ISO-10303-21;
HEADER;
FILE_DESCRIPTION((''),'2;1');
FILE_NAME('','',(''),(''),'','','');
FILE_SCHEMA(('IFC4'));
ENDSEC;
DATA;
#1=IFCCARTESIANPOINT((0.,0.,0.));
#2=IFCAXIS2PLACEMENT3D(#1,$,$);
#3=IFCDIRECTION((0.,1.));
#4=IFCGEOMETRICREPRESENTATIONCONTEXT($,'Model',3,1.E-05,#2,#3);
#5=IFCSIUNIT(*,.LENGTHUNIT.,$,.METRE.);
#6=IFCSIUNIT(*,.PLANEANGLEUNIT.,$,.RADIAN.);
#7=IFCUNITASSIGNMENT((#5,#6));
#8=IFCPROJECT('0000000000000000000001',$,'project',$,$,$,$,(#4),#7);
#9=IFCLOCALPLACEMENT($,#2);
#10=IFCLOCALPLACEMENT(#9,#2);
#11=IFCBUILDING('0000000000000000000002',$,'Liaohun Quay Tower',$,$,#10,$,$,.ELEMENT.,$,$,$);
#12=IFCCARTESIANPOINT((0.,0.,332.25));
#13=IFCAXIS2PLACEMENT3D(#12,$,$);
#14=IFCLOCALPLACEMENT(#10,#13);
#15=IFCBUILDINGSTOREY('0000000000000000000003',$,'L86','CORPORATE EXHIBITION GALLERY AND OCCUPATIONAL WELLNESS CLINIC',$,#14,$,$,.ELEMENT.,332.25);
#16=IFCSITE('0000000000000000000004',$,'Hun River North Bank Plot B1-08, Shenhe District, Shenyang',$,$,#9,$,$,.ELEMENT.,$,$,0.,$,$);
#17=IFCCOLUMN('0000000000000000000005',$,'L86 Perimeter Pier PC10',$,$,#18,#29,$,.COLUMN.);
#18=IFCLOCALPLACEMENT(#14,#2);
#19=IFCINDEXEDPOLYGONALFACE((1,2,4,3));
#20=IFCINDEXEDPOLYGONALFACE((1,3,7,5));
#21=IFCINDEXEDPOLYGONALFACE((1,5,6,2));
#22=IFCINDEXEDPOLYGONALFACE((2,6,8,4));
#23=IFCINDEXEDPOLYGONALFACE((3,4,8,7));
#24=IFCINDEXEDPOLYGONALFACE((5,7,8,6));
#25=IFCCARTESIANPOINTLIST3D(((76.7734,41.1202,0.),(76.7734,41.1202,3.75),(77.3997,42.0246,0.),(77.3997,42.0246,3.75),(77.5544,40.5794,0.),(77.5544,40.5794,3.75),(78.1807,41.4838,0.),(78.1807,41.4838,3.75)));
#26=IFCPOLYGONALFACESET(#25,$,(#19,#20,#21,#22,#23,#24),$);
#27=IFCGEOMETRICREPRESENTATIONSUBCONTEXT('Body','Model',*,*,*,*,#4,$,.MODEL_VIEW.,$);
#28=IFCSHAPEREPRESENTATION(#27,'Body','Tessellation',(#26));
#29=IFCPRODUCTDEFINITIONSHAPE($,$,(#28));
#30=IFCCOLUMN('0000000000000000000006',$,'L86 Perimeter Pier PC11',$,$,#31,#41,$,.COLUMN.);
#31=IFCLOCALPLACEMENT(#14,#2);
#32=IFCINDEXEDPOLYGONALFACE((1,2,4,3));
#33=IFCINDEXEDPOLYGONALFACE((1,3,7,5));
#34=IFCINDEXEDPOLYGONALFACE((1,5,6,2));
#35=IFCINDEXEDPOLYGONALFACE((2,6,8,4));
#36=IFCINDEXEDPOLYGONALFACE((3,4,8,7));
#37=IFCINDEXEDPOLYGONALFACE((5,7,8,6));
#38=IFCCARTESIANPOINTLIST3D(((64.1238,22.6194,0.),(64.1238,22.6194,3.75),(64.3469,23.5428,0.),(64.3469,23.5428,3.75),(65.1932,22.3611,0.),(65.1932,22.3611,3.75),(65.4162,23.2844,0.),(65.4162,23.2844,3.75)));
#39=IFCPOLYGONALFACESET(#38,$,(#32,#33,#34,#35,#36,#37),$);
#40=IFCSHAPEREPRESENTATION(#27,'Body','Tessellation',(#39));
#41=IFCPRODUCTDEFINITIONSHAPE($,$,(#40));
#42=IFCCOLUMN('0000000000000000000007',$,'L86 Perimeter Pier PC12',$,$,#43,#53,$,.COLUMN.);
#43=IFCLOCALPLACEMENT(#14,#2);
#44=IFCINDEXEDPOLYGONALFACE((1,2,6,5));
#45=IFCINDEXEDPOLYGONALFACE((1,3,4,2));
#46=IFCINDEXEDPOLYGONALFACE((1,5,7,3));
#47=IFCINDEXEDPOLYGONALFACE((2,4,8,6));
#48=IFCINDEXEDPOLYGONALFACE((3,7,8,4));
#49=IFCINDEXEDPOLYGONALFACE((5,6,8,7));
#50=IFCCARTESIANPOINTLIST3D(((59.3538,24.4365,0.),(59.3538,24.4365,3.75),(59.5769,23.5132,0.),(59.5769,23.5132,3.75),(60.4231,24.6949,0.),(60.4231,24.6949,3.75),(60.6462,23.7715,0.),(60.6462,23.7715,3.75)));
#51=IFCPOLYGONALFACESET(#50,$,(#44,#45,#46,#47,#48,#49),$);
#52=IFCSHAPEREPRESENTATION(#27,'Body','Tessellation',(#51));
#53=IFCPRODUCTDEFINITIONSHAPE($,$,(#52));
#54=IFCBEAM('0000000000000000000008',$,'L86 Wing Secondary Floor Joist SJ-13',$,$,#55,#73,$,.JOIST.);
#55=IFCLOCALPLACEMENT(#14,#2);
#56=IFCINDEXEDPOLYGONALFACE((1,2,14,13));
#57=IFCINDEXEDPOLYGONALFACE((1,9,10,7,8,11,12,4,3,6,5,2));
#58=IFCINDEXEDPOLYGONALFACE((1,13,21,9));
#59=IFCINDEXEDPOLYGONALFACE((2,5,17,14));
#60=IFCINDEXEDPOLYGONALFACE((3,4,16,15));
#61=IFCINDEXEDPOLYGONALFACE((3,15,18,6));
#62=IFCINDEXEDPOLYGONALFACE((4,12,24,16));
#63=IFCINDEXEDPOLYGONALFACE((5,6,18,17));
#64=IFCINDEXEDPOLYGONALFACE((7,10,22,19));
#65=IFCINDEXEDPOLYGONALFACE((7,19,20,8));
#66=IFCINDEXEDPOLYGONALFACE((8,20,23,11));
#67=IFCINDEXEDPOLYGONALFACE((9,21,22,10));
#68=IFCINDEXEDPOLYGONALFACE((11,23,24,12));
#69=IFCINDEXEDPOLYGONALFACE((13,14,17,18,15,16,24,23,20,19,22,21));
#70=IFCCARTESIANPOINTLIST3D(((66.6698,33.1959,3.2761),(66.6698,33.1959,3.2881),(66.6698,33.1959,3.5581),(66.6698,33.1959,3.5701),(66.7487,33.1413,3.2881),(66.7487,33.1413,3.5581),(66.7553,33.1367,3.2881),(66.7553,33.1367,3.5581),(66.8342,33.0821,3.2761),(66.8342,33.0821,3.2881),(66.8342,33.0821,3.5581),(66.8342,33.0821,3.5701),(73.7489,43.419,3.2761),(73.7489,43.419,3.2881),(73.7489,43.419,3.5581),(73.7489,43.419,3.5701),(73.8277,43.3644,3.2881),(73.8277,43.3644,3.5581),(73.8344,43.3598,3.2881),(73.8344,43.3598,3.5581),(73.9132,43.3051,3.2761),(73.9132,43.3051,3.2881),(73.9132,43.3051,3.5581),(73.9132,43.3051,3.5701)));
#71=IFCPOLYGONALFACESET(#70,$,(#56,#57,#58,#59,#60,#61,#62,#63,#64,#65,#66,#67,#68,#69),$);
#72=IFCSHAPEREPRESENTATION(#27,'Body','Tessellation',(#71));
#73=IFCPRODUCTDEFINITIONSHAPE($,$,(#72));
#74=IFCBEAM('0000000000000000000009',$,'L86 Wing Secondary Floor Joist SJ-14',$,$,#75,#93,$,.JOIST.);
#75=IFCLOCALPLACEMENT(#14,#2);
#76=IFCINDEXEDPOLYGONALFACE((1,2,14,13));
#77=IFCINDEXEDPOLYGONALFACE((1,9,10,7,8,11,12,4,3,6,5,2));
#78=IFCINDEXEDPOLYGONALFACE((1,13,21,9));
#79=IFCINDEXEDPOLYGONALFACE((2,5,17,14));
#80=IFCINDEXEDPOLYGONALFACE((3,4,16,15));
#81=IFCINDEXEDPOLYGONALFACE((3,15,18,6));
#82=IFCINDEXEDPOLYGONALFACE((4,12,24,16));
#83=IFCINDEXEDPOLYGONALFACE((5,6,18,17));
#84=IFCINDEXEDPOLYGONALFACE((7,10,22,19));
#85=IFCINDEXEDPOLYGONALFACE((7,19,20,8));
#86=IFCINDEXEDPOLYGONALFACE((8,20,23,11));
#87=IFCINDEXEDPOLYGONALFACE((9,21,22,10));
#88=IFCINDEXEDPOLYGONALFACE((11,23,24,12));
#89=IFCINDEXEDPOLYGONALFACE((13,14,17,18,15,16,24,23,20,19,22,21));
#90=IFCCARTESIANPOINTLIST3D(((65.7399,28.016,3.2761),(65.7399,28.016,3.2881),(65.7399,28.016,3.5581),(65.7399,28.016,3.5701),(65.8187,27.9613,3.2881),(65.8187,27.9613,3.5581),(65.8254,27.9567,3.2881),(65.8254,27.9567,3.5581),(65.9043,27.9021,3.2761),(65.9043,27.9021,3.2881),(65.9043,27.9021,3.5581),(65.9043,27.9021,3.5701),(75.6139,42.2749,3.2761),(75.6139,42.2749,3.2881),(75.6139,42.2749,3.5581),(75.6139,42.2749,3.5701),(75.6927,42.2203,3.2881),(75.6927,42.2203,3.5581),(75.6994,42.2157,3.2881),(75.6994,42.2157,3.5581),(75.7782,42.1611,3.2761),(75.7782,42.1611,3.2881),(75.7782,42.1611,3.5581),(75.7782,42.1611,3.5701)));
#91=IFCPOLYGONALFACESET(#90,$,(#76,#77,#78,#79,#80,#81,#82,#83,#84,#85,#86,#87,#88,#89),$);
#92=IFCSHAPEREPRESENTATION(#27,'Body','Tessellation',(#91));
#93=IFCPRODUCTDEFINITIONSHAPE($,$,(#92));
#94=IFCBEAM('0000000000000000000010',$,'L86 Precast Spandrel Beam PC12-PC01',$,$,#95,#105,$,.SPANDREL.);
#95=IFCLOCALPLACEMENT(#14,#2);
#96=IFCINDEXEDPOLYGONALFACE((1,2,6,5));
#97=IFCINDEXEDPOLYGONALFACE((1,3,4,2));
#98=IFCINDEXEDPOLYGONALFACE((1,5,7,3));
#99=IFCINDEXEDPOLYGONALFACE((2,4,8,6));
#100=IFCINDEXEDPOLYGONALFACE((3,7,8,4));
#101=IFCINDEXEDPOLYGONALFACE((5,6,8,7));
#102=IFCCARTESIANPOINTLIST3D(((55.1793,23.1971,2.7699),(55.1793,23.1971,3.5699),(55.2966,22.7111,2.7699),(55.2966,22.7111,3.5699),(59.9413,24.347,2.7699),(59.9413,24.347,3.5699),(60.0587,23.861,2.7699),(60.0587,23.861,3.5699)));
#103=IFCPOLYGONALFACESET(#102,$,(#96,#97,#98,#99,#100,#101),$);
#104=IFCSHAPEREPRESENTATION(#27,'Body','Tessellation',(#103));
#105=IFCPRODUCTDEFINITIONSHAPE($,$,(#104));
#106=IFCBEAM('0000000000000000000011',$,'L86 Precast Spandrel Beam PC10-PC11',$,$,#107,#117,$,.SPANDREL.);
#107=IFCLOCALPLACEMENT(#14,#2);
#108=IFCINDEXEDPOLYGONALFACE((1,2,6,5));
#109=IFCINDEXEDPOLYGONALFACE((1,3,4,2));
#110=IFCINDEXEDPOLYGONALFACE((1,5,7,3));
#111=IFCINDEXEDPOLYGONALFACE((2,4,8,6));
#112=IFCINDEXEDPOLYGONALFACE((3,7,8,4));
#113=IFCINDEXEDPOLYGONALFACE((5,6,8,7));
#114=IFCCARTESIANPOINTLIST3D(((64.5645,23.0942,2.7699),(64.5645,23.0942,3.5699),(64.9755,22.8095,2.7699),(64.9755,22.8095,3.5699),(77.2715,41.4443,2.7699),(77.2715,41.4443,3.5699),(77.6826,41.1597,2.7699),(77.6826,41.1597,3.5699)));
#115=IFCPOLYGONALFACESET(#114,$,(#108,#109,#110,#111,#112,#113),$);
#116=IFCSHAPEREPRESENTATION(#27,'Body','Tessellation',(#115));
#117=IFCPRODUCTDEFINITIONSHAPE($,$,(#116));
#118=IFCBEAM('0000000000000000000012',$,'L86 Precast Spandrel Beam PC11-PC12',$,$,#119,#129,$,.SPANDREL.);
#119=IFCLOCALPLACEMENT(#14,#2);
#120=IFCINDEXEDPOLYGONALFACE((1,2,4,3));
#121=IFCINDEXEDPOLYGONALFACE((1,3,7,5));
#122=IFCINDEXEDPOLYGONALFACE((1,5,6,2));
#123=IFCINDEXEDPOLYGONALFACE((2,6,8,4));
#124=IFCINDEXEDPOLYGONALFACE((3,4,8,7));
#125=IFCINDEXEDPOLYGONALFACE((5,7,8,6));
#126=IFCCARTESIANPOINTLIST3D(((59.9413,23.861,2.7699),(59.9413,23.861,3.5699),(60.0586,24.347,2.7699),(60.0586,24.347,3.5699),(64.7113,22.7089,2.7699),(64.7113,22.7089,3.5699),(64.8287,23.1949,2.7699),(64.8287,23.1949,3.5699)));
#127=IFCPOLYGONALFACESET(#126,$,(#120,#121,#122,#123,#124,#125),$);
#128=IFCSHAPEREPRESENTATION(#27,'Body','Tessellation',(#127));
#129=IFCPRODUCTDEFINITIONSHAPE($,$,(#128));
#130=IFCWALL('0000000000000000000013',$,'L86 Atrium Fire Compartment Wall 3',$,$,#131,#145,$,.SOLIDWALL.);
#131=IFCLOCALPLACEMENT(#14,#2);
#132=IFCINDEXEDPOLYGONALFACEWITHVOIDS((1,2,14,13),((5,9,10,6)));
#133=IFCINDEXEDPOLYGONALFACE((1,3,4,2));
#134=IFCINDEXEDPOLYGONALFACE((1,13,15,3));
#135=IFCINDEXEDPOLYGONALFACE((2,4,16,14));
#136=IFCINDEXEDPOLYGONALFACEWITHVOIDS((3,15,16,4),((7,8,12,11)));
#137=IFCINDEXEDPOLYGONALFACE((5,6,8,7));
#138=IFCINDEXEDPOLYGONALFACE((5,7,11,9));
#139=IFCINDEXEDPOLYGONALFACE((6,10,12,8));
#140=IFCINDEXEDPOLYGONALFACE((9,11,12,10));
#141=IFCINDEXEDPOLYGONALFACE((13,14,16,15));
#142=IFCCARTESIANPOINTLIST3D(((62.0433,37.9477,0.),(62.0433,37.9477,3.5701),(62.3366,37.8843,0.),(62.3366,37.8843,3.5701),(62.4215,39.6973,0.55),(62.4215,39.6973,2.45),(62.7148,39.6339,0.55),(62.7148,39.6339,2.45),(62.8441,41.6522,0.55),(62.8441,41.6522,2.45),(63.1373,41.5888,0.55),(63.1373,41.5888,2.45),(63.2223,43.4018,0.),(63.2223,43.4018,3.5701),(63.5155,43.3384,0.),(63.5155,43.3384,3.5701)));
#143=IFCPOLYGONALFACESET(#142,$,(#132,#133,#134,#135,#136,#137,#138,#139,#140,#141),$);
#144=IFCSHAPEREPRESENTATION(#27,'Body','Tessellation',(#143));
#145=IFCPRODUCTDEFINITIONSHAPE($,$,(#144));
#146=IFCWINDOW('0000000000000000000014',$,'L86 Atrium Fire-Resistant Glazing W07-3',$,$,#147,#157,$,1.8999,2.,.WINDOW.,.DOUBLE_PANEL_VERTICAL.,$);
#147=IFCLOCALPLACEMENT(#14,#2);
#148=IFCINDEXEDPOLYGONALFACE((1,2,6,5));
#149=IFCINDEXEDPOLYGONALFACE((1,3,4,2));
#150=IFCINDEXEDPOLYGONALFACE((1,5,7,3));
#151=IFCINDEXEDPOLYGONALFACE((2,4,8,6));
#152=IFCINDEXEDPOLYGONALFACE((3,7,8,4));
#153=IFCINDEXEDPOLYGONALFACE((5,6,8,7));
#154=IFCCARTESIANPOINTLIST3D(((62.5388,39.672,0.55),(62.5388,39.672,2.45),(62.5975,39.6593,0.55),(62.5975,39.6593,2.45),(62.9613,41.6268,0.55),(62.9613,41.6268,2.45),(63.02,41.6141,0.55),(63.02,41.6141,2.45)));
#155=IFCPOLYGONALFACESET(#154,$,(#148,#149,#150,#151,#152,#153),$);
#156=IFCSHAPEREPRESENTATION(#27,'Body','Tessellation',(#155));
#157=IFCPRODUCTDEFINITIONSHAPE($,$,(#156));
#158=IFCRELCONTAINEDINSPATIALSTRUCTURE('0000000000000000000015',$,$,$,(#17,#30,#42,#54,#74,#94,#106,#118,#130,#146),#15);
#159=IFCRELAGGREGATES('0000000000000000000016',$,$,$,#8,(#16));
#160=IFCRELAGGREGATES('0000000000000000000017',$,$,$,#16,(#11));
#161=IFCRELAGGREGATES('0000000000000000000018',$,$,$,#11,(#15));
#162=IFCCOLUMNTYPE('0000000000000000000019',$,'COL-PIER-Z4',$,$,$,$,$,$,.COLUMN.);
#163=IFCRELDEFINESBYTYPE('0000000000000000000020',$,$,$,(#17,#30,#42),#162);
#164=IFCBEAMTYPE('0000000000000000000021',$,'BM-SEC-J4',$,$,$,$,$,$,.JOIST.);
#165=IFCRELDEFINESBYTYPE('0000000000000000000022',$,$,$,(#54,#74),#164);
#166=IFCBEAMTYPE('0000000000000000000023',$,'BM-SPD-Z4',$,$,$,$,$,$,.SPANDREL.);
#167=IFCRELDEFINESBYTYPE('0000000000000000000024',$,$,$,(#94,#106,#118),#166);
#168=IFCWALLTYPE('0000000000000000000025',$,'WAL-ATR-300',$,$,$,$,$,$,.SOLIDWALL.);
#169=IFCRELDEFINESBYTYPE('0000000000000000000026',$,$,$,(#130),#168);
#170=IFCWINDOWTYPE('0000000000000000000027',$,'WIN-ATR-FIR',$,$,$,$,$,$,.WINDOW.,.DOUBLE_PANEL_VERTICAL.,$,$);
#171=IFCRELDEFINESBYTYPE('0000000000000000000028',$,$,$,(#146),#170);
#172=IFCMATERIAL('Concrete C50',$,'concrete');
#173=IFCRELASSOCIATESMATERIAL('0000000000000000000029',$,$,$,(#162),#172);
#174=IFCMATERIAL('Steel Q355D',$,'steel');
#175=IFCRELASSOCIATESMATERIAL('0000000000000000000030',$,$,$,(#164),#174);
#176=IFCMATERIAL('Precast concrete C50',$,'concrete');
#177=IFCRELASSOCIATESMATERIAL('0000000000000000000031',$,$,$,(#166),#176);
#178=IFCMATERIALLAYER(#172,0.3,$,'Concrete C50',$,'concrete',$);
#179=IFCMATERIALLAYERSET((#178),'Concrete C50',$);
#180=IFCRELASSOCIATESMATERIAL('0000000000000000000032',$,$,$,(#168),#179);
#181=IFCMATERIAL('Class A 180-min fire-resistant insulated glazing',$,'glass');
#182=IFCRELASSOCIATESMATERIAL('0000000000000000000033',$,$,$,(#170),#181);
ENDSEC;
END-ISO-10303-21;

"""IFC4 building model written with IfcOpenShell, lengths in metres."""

from ifc_helpers import new_model, si_unit, direction, frame, frame_2d, origin, origin_2d, place, context, subcontext, project, spatial, rectangle, i_section, extrude, source, transform, mapped, material, layer, layer_set, material_profile, profile_set, type_object, element, fill, save


model = new_model("IFC4")

# Units and contexts
model_context = context("Model", 3, precision=1e-05, world=origin(), true_north=direction((0.0, 1.0)))
body_context = subcontext(model_context, "Body", "Model", "MODEL_VIEW")
ifc_project = project(units=[si_unit("LENGTHUNIT", "METRE"), si_unit("PLANEANGLEUNIT", "RADIAN")], contexts=[model_context])

# Site, building, storey
site_placement = place(None, origin())
site = spatial("IfcSite", under=ifc_project, at=site_placement, Name="Hun River North Bank Plot B1-08, Shenhe District, Shenyang", CompositionType="ELEMENT", RefElevation=0.0)
building_placement = place(site_placement, origin())
building = spatial("IfcBuilding", under=site, at=building_placement, Name="Liaohun Quay Tower", CompositionType="ELEMENT")
storey_placement = place(building_placement, frame((0.0, 0.0, 332.25)))
storey = spatial("IfcBuildingStorey", under=building, at=storey_placement, Name="L86", Description="CORPORATE EXHIBITION GALLERY AND OCCUPATIONAL WELLNESS CLINIC", CompositionType="ELEMENT", Elevation=332.25)

# Columns
ifc_material_1 = material(Name="Concrete C50", Category="concrete")
ifc_material_profile_1 = material_profile(ifc_material_1, rectangle(XDim=1.1001, YDim=0.95, at=origin_2d()), Name="RC1100x950")
ifc_profile_set_1 = profile_set([ifc_material_profile_1], Name="Concrete C50")
column_type = type_object("IfcColumnType", Name="COL-PIER-Z4", PredefinedType="COLUMN", material=ifc_profile_set_1)
shared_shape_1 = source(origin(), body_context, "Body", "SweptSolid", [
    extrude(rectangle(XDim=1.1001, YDim=0.95, at=origin_2d()), origin(), (0.0, 0.0, 1.0), 3.75),
])
for number, where, z_axis, x_axis, name in (
    (1, (77.4771, 41.302, 0.0), (0.0, 0.0, 1.0), (0.56928, 0.822144, 0.0), "L86 Perimeter Pier PC10"),
    (2, (64.77, 22.9519, 0.0), (0.0, 0.0, 1.0), (-0.972043, 0.234803, 0.0), "L86 Perimeter Pier PC11"),
    (3, (60.0, 24.104, 0.0), (0.0, 0.0, 1.0), (0.972043, 0.234803, 0.0), "L86 Perimeter Pier PC12"),
):
    element("IfcColumn", number, at=place(storey_placement, frame(where, z_axis=z_axis, x_axis=x_axis)), inside=storey, type_object=column_type, Name=name, PredefinedType="COLUMN", context=body_context, shape_type="MappedRepresentation", body=[
        mapped(shared_shape_1, transform((0.0, 0.0, 0.0), x_axis=(1.0, 0.0, 0.0), y_axis=(0.0, 1.0, 0.0), z_axis=(0.0, 0.0, 1.0), scale=1.0)),
    ])

# Beams
ifc_material_2 = material(Name="Steel Q355D", Category="steel")
ifc_material_profile_2 = material_profile(ifc_material_2, i_section(OverallWidth=0.2, OverallDepth=0.2939, WebThickness=0.0081, FlangeThickness=0.012, at=origin_2d()), Name="HM294x200x8x12")
ifc_profile_set_2 = profile_set([ifc_material_profile_2], Name="Steel Q355D")
beam_type_1 = type_object("IfcBeamType", Name="BM-SEC-J4", PredefinedType="JOIST", material=ifc_profile_set_2)
shared_shape_2 = source(origin(), body_context, "Body", "SweptSolid", [
    extrude(i_section(OverallWidth=0.2, OverallDepth=0.2939, WebThickness=0.0081, FlangeThickness=0.012, at=origin_2d()), origin(), (0.0, 0.0, 1.0), 12.4348),
])
beam_1_placement = place(storey_placement, frame((73.8311, 43.3621, 3.4231), z_axis=(-0.569294, -0.822134, 0.0), x_axis=(0.822134, -0.569294, 0.0)))
element("IfcBeam", 4, at=beam_1_placement, inside=storey, type_object=beam_type_1, Name="L86 Wing Secondary Floor Joist SJ-13", PredefinedType="JOIST", context=body_context, shape_type="MappedRepresentation", body=[
    mapped(shared_shape_2, transform((0.0, 0.0, 0.0), x_axis=(1.0, 0.0, 0.0), y_axis=(0.0, 1.0, 0.0), z_axis=(0.0, 0.0, 1.0), scale=1.0)),
])
shared_shape_3 = source(origin(), body_context, "Body", "SweptSolid", [
    extrude(i_section(OverallWidth=0.2, OverallDepth=0.2939, WebThickness=0.0081, FlangeThickness=0.012, at=origin_2d()), origin(), (0.0, 0.0, 1.0), 17.344),
])
beam_2_placement = place(storey_placement, frame((75.696, 42.218, 3.4231), z_axis=(-0.569303, -0.822128, 0.0), x_axis=(0.822128, -0.569303, 0.0)))
element("IfcBeam", 5, at=beam_2_placement, inside=storey, type_object=beam_type_1, Name="L86 Wing Secondary Floor Joist SJ-14", PredefinedType="JOIST", context=body_context, shape_type="MappedRepresentation", body=[
    mapped(shared_shape_3, transform((0.0, 0.0, 0.0), x_axis=(1.0, 0.0, 0.0), y_axis=(0.0, 1.0, 0.0), z_axis=(0.0, 0.0, 1.0), scale=1.0)),
])
ifc_material_3 = material(Name="Precast concrete C50", Category="concrete")
ifc_material_profile_3 = material_profile(ifc_material_3, rectangle(XDim=0.5, YDim=0.8, at=origin_2d()), Name="RC500x800")
ifc_profile_set_3 = profile_set([ifc_material_profile_3], Name="Precast concrete C50")
beam_type_2 = type_object("IfcBeamType", Name="BM-SPD-Z4", PredefinedType="SPANDREL", material=ifc_profile_set_3)
shared_shape_4 = source(origin(), body_context, "Body", "SweptSolid", [
    extrude(rectangle(XDim=0.5, YDim=0.8, at=origin_2d()), origin(), (0.0, 0.0, 1.0), 4.8989),
])
beam_3_placement = place(storey_placement, frame((60.0, 24.104, 3.1699), z_axis=(-0.972061, -0.23473, 0.0), x_axis=(0.23473, -0.972061, 0.0)))
element("IfcBeam", 6, at=beam_3_placement, inside=storey, type_object=beam_type_2, Name="L86 Precast Spandrel Beam PC12-PC01", PredefinedType="SPANDREL", context=body_context, shape_type="MappedRepresentation", body=[
    mapped(shared_shape_4, transform((0.0, 0.0, 0.0), x_axis=(1.0, 0.0, 0.0), y_axis=(0.0, 1.0, 0.0), z_axis=(0.0, 0.0, 1.0), scale=1.0)),
])
shared_shape_5 = source(origin(), body_context, "Body", "SweptSolid", [
    extrude(rectangle(XDim=0.5, YDim=0.8, at=origin_2d()), origin(), (0.0, 0.0, 1.0), 22.3203),
])
beam_4_placement = place(storey_placement, frame((77.4771, 41.302, 3.1699), z_axis=(-0.569304, -0.822127, 0.0), x_axis=(0.822127, -0.569304, 0.0)))
element("IfcBeam", 7, at=beam_4_placement, inside=storey, type_object=beam_type_2, Name="L86 Precast Spandrel Beam PC10-PC11", PredefinedType="SPANDREL", context=body_context, shape_type="MappedRepresentation", body=[
    mapped(shared_shape_5, transform((0.0, 0.0, 0.0), x_axis=(1.0, 0.0, 0.0), y_axis=(0.0, 1.0, 0.0), z_axis=(0.0, 0.0, 1.0), scale=1.0)),
])
shared_shape_6 = source(origin(), body_context, "Body", "SweptSolid", [
    extrude(rectangle(XDim=0.5, YDim=0.8, at=origin_2d()), origin(), (0.0, 0.0, 1.0), 4.9072),
])
beam_5_placement = place(storey_placement, frame((64.77, 22.9519, 3.1699), z_axis=(-0.972049, 0.234778, 0.0), x_axis=(-0.234778, -0.972049, 0.0)))
element("IfcBeam", 8, at=beam_5_placement, inside=storey, type_object=beam_type_2, Name="L86 Precast Spandrel Beam PC11-PC12", PredefinedType="SPANDREL", context=body_context, shape_type="MappedRepresentation", body=[
    mapped(shared_shape_6, transform((0.0, 0.0, 0.0), x_axis=(1.0, 0.0, 0.0), y_axis=(0.0, 1.0, 0.0), z_axis=(0.0, 0.0, 1.0), scale=1.0)),
])

# Wall, opening, window
ifc_layer_1 = layer(ifc_material_1, 0.3, Name="Concrete C50", Category="concrete")
ifc_layer_set_1 = layer_set([ifc_layer_1], Name="Concrete C50")
wall_type_1 = type_object("IfcWallType", Name="WAL-ATR-300", PredefinedType="SOLIDWALL", material=ifc_layer_set_1)
wall_1_placement = place(storey_placement, frame((63.3689, 43.3701, 0.0), z_axis=(0.0, 0.0, 1.0), x_axis=(-0.21128, -0.977426, 0.0)))
wall_1 = element("IfcWall", 9, at=wall_1_placement, inside=storey, type_object=wall_type_1, Name="L86 Atrium Fire Compartment Wall 3", PredefinedType="SOLIDWALL", context=body_context, shape_type="SweptSolid", body=[
    extrude(rectangle(XDim=5.5801, YDim=0.3, at=frame_2d((2.79, 0.0))), origin(), (0.0, 0.0, 1.0), 3.5701),
])
shared_shape_7 = source(origin(), body_context, "Body", "SweptSolid", [
    extrude(rectangle(XDim=2.0, YDim=1.8999, at=frame_2d((1.0, 0.95))), frame((0.0, 0.1599, 0.0), z_axis=(0.0, -1.0, 0.0), x_axis=(1.0, 0.0, 0.0)), (0.0, 0.0, 1.0), 0.3201),
])
opening_1_placement = place(wall_1_placement, frame((1.79, 0.0, 0.55)))
opening_1 = element("IfcOpeningElement", 10, at=opening_1_placement, cuts=wall_1, PredefinedType="OPENING", context=body_context, shape_type="MappedRepresentation", body=[
    mapped(shared_shape_7, transform((0.0, 0.0, 0.0), x_axis=(1.0, 0.0, 0.0), y_axis=(0.0, 1.0, 0.0), z_axis=(0.0, 0.0, 1.0), scale=1.0)),
])
ifc_material_4 = material(Name="Class A 180-min fire-resistant insulated glazing", Category="glass")
window_type_1 = type_object("IfcWindowType", Name="WIN-ATR-FIR", PartitioningType="DOUBLE_PANEL_VERTICAL", PredefinedType="WINDOW", material=ifc_material_4)
shared_shape_8 = source(origin(), body_context, "Body", "SweptSolid", [
    extrude(rectangle(XDim=2.0, YDim=1.8999, at=frame_2d((1.0, 0.95))), frame((0.0, 0.03, 0.0), z_axis=(0.0, -1.0, 0.0), x_axis=(1.0, 0.0, 0.0)), (0.0, 0.0, 1.0), 0.0601),
])
window_1_placement = place(opening_1_placement, origin())
window_1 = element("IfcWindow", 11, at=window_1_placement, inside=storey, type_object=window_type_1, Name="L86 Atrium Fire-Resistant Glazing W07-3", OverallHeight=1.8999, OverallWidth=2.0, PartitioningType="DOUBLE_PANEL_VERTICAL", PredefinedType="WINDOW", context=body_context, shape_type="MappedRepresentation", body=[
    mapped(shared_shape_8, transform((0.0, 0.0, 0.0), x_axis=(1.0, 0.0, 0.0), y_axis=(0.0, 1.0, 0.0), z_axis=(0.0, 0.0, 1.0), scale=1.0)),
])
fill(opening_1, window_1)

save(model, "model.ifc")
